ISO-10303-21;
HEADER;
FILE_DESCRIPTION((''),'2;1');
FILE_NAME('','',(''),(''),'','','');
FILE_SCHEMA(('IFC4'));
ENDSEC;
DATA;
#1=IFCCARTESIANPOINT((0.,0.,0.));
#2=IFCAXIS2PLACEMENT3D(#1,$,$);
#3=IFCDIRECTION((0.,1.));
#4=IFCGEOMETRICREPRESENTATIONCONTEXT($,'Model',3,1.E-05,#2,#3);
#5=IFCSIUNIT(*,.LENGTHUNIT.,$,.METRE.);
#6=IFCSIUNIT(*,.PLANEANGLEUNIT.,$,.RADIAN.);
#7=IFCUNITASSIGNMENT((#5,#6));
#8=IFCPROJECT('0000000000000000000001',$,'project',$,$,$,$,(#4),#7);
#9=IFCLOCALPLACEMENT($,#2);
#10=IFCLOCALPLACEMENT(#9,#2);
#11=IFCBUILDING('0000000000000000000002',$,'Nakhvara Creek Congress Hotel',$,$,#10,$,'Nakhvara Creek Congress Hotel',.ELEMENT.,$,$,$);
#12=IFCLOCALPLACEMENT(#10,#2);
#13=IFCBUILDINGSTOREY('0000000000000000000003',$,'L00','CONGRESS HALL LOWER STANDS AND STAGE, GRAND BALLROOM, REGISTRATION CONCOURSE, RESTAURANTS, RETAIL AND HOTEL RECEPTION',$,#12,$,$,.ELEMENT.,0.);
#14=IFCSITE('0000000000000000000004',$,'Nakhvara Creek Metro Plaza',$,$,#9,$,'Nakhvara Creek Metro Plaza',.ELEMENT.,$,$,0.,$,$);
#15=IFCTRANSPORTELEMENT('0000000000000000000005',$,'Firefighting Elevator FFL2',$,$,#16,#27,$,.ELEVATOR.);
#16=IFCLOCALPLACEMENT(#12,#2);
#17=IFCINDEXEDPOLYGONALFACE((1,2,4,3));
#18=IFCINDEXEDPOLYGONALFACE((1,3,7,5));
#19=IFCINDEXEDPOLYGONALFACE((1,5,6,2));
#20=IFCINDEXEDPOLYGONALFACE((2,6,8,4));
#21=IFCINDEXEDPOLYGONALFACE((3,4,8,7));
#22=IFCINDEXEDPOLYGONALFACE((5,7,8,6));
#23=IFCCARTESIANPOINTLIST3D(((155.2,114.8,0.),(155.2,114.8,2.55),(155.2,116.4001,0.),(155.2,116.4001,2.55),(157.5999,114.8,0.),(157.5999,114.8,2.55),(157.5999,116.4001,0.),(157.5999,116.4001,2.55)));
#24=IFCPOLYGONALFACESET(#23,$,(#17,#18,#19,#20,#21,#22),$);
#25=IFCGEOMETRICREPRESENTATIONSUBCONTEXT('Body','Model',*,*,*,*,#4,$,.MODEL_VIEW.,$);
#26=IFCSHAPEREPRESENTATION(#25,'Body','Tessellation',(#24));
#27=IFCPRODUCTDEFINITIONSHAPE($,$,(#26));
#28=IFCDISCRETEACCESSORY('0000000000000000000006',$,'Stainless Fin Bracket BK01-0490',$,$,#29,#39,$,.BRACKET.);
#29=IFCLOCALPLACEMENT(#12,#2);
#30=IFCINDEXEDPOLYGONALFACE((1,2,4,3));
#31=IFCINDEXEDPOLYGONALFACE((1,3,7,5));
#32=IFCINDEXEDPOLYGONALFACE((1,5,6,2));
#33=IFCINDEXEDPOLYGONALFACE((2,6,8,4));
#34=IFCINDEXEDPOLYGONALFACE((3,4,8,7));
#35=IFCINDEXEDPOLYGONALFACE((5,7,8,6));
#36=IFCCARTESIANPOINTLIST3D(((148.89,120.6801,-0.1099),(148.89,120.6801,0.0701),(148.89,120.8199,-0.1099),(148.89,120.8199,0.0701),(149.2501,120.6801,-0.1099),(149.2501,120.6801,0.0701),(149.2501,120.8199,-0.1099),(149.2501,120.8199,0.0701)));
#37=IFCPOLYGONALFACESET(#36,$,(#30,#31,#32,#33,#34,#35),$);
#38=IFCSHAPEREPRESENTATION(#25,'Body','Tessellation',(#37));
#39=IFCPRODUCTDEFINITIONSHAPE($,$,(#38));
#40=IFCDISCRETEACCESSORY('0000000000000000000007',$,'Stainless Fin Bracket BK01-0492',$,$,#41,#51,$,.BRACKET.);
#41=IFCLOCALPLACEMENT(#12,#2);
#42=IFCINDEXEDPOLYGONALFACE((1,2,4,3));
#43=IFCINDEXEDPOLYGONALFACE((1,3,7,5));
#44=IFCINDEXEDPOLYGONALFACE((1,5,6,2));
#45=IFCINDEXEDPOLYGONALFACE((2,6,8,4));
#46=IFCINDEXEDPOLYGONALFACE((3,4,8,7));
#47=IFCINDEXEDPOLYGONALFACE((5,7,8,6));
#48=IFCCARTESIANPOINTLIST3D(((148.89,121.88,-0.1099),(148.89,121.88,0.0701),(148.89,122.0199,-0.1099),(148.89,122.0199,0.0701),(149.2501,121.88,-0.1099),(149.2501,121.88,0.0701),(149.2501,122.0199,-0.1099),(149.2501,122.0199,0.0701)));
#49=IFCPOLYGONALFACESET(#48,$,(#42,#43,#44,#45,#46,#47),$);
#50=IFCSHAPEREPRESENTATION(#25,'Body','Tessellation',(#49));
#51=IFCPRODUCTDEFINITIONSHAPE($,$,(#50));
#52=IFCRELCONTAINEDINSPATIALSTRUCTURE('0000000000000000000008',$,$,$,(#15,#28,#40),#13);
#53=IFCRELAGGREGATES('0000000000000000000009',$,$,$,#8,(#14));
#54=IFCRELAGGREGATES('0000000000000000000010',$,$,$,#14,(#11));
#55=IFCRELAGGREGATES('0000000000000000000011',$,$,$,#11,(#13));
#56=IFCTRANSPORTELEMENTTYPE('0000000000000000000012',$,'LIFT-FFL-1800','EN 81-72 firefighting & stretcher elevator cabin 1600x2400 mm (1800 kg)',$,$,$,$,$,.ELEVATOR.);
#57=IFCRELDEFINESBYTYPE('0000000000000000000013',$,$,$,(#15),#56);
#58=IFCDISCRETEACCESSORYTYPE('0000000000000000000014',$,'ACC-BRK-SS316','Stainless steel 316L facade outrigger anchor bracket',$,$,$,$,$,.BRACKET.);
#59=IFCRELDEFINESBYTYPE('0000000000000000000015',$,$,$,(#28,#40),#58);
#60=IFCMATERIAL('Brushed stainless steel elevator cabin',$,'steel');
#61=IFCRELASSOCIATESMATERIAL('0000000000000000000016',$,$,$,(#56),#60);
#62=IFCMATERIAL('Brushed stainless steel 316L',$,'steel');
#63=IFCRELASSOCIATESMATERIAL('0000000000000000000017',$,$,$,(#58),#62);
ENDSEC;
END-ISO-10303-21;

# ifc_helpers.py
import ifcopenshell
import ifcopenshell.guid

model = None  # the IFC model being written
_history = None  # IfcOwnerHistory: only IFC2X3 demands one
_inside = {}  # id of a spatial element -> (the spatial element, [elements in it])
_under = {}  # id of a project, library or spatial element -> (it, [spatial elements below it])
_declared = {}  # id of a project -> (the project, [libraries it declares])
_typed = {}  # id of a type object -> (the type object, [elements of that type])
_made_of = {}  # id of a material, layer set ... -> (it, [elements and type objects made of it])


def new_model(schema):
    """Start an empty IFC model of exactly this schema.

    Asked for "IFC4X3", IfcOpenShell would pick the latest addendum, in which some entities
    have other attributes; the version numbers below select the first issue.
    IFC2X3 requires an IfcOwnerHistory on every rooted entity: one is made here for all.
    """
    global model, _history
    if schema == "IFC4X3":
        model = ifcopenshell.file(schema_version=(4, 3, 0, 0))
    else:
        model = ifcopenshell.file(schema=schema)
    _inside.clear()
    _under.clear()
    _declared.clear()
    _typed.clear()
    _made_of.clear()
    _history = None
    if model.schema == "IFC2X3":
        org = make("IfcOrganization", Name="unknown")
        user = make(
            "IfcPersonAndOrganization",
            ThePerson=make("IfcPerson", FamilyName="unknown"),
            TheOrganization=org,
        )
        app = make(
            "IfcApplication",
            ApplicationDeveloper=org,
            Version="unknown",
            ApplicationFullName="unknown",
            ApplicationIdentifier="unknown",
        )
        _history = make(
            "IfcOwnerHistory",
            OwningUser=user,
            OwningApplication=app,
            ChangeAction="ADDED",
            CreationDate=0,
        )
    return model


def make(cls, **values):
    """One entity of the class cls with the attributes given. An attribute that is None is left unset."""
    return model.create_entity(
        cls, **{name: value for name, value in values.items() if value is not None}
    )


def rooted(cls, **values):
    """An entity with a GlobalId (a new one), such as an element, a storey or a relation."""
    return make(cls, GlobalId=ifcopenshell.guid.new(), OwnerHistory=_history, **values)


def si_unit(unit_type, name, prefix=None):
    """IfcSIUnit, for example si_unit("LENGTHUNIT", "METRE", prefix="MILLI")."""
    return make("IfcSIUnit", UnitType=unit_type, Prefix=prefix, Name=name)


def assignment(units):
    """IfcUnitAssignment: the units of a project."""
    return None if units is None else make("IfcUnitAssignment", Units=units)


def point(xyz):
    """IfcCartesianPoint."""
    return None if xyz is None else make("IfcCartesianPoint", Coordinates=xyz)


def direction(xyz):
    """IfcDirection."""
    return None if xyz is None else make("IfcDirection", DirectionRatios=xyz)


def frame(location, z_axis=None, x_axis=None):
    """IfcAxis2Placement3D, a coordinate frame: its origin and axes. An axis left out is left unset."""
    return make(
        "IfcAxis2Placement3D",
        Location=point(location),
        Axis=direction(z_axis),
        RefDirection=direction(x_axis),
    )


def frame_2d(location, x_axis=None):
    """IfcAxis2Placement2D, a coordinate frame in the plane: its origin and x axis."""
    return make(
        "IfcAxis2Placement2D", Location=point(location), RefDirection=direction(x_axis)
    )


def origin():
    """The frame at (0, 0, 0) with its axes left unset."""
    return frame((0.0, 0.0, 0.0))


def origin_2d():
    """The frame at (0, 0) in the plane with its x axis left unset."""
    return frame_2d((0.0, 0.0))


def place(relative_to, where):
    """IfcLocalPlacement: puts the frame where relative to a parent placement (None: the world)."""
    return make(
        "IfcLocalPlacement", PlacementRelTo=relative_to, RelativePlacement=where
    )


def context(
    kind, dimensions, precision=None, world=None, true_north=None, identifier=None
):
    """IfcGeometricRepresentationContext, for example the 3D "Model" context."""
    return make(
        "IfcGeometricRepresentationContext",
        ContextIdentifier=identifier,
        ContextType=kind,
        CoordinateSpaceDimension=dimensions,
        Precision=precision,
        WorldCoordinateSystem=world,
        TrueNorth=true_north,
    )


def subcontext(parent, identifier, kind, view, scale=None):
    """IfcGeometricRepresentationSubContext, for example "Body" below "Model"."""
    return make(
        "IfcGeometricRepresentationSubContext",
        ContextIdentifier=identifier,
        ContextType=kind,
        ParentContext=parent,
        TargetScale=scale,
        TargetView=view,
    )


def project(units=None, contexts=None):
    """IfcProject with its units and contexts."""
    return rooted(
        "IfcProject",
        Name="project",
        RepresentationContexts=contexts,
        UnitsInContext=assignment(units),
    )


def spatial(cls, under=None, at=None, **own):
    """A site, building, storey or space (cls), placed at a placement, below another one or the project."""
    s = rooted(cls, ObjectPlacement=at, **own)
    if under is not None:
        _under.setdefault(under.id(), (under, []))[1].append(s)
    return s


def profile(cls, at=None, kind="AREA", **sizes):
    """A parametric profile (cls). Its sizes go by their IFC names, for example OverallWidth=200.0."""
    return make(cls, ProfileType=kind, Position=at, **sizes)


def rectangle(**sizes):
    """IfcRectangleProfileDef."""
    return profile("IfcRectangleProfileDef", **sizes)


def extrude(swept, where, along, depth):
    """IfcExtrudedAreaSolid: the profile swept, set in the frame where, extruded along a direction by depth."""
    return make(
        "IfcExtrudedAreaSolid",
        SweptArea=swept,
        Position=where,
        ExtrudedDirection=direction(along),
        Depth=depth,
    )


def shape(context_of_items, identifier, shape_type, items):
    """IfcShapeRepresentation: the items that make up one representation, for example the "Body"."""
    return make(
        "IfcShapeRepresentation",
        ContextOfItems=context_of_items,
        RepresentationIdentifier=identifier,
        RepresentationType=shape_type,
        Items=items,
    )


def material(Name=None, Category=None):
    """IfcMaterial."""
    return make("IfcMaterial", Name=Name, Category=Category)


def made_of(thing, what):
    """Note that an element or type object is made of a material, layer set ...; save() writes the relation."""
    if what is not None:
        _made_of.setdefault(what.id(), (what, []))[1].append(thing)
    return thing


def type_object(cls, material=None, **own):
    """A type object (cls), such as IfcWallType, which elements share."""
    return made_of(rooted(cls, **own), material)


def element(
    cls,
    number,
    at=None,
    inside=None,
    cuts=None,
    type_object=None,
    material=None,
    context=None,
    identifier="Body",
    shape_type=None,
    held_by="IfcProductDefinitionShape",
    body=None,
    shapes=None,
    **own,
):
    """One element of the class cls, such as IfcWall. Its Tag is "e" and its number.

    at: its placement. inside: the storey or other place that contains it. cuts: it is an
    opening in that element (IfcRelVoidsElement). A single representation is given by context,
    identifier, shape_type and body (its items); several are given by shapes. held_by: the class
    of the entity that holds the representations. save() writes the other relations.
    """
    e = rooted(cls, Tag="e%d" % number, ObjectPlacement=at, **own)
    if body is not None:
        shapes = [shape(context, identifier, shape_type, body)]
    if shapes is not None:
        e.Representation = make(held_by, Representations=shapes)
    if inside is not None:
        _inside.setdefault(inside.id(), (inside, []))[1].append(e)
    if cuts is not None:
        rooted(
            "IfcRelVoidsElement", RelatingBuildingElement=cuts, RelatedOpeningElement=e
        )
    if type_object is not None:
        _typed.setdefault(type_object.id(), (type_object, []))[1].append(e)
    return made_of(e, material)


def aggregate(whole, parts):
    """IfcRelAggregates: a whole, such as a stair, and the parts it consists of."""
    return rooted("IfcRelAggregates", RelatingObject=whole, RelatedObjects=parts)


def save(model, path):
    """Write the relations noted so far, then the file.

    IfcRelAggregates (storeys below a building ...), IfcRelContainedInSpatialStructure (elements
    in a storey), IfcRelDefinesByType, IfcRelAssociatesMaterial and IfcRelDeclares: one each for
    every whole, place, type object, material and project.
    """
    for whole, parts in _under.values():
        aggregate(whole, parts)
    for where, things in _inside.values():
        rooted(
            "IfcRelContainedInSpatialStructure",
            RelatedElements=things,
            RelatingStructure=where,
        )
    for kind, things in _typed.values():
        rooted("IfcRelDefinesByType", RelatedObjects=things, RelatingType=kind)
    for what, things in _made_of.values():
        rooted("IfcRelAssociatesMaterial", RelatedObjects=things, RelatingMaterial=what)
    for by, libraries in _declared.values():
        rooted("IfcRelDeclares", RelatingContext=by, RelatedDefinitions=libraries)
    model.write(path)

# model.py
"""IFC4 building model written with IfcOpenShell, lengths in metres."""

from ifc_helpers import new_model, si_unit, direction, frame, origin, origin_2d, place, context, subcontext, project, spatial, rectangle, extrude, material, type_object, element, save


model = new_model("IFC4")

# Units and contexts
model_context = context("Model", 3, precision=1e-05, world=origin(), true_north=direction((0.0, 1.0)))
body_context = subcontext(model_context, "Body", "Model", "MODEL_VIEW")
ifc_project = project(units=[si_unit("LENGTHUNIT", "METRE"), si_unit("PLANEANGLEUNIT", "RADIAN")], contexts=[model_context])

# Site, building, storey
site_placement = place(None, origin())
site = spatial("IfcSite", under=ifc_project, at=site_placement, Name="Nakhvara Creek Metro Plaza", LongName="Nakhvara Creek Metro Plaza", CompositionType="ELEMENT", RefElevation=0.0)
building_placement = place(site_placement, origin())
building = spatial("IfcBuilding", under=site, at=building_placement, Name="Nakhvara Creek Congress Hotel", LongName="Nakhvara Creek Congress Hotel", CompositionType="ELEMENT")
storey_placement = place(building_placement, origin())
storey = spatial("IfcBuildingStorey", under=building, at=storey_placement, Name="L00", Description="CONGRESS HALL LOWER STANDS AND STAGE, GRAND BALLROOM, REGISTRATION CONCOURSE, RESTAURANTS, RETAIL AND HOTEL RECEPTION", CompositionType="ELEMENT", Elevation=0.0)

# Shared definitions
ifc_material_1 = material(Name="Brushed stainless steel 316L", Category="steel")

# Transport element
ifc_material_2 = material(Name="Brushed stainless steel elevator cabin", Category="steel")
transport_element_type_1 = type_object("IfcTransportElementType", Name="LIFT-FFL-1800", Description="EN 81-72 firefighting & stretcher elevator cabin 1600x2400 mm (1800 kg)", PredefinedType="ELEVATOR", material=ifc_material_2)
transport_element_1_placement = place(storey_placement, frame((156.3999, 115.6001, 0.0), z_axis=(0.0, 0.0, 1.0), x_axis=(0.0, 1.0, 0.0)))
element("IfcTransportElement", 1, at=transport_element_1_placement, inside=storey, type_object=transport_element_type_1, Name="Firefighting Elevator FFL2", PredefinedType="ELEVATOR", context=body_context, shape_type="SweptSolid", body=[
    extrude(rectangle(XDim=1.6001, YDim=2.3999, at=origin_2d()), origin(), (0.0, 0.0, 1.0), 2.55),
])

# Discrete accessories
discrete_accessory_type = type_object("IfcDiscreteAccessoryType", Name="ACC-BRK-SS316", Description="Stainless steel 316L facade outrigger anchor bracket", PredefinedType="BRACKET", material=ifc_material_1)
for number, where, z_axis, x_axis, name in (
    (2, (149.0701, 120.75, -0.1099), (0.0, 0.0, 1.0), (0.0, 1.0, 0.0), "Stainless Fin Bracket BK01-0490"),
    (3, (149.0701, 121.95, -0.1099), (0.0, 0.0, 1.0), (0.0, 1.0, 0.0), "Stainless Fin Bracket BK01-0492"),
):
    element("IfcDiscreteAccessory", number, at=place(storey_placement, frame(where, z_axis=z_axis, x_axis=x_axis)), inside=storey, type_object=discrete_accessory_type, Name=name, PredefinedType="BRACKET", context=body_context, shape_type="SweptSolid", body=[
        extrude(rectangle(XDim=0.1399, YDim=0.3601, at=origin_2d()), origin(), (0.0, 0.0, 1.0), 0.1799),
    ])

save(model, "model.ifc")
